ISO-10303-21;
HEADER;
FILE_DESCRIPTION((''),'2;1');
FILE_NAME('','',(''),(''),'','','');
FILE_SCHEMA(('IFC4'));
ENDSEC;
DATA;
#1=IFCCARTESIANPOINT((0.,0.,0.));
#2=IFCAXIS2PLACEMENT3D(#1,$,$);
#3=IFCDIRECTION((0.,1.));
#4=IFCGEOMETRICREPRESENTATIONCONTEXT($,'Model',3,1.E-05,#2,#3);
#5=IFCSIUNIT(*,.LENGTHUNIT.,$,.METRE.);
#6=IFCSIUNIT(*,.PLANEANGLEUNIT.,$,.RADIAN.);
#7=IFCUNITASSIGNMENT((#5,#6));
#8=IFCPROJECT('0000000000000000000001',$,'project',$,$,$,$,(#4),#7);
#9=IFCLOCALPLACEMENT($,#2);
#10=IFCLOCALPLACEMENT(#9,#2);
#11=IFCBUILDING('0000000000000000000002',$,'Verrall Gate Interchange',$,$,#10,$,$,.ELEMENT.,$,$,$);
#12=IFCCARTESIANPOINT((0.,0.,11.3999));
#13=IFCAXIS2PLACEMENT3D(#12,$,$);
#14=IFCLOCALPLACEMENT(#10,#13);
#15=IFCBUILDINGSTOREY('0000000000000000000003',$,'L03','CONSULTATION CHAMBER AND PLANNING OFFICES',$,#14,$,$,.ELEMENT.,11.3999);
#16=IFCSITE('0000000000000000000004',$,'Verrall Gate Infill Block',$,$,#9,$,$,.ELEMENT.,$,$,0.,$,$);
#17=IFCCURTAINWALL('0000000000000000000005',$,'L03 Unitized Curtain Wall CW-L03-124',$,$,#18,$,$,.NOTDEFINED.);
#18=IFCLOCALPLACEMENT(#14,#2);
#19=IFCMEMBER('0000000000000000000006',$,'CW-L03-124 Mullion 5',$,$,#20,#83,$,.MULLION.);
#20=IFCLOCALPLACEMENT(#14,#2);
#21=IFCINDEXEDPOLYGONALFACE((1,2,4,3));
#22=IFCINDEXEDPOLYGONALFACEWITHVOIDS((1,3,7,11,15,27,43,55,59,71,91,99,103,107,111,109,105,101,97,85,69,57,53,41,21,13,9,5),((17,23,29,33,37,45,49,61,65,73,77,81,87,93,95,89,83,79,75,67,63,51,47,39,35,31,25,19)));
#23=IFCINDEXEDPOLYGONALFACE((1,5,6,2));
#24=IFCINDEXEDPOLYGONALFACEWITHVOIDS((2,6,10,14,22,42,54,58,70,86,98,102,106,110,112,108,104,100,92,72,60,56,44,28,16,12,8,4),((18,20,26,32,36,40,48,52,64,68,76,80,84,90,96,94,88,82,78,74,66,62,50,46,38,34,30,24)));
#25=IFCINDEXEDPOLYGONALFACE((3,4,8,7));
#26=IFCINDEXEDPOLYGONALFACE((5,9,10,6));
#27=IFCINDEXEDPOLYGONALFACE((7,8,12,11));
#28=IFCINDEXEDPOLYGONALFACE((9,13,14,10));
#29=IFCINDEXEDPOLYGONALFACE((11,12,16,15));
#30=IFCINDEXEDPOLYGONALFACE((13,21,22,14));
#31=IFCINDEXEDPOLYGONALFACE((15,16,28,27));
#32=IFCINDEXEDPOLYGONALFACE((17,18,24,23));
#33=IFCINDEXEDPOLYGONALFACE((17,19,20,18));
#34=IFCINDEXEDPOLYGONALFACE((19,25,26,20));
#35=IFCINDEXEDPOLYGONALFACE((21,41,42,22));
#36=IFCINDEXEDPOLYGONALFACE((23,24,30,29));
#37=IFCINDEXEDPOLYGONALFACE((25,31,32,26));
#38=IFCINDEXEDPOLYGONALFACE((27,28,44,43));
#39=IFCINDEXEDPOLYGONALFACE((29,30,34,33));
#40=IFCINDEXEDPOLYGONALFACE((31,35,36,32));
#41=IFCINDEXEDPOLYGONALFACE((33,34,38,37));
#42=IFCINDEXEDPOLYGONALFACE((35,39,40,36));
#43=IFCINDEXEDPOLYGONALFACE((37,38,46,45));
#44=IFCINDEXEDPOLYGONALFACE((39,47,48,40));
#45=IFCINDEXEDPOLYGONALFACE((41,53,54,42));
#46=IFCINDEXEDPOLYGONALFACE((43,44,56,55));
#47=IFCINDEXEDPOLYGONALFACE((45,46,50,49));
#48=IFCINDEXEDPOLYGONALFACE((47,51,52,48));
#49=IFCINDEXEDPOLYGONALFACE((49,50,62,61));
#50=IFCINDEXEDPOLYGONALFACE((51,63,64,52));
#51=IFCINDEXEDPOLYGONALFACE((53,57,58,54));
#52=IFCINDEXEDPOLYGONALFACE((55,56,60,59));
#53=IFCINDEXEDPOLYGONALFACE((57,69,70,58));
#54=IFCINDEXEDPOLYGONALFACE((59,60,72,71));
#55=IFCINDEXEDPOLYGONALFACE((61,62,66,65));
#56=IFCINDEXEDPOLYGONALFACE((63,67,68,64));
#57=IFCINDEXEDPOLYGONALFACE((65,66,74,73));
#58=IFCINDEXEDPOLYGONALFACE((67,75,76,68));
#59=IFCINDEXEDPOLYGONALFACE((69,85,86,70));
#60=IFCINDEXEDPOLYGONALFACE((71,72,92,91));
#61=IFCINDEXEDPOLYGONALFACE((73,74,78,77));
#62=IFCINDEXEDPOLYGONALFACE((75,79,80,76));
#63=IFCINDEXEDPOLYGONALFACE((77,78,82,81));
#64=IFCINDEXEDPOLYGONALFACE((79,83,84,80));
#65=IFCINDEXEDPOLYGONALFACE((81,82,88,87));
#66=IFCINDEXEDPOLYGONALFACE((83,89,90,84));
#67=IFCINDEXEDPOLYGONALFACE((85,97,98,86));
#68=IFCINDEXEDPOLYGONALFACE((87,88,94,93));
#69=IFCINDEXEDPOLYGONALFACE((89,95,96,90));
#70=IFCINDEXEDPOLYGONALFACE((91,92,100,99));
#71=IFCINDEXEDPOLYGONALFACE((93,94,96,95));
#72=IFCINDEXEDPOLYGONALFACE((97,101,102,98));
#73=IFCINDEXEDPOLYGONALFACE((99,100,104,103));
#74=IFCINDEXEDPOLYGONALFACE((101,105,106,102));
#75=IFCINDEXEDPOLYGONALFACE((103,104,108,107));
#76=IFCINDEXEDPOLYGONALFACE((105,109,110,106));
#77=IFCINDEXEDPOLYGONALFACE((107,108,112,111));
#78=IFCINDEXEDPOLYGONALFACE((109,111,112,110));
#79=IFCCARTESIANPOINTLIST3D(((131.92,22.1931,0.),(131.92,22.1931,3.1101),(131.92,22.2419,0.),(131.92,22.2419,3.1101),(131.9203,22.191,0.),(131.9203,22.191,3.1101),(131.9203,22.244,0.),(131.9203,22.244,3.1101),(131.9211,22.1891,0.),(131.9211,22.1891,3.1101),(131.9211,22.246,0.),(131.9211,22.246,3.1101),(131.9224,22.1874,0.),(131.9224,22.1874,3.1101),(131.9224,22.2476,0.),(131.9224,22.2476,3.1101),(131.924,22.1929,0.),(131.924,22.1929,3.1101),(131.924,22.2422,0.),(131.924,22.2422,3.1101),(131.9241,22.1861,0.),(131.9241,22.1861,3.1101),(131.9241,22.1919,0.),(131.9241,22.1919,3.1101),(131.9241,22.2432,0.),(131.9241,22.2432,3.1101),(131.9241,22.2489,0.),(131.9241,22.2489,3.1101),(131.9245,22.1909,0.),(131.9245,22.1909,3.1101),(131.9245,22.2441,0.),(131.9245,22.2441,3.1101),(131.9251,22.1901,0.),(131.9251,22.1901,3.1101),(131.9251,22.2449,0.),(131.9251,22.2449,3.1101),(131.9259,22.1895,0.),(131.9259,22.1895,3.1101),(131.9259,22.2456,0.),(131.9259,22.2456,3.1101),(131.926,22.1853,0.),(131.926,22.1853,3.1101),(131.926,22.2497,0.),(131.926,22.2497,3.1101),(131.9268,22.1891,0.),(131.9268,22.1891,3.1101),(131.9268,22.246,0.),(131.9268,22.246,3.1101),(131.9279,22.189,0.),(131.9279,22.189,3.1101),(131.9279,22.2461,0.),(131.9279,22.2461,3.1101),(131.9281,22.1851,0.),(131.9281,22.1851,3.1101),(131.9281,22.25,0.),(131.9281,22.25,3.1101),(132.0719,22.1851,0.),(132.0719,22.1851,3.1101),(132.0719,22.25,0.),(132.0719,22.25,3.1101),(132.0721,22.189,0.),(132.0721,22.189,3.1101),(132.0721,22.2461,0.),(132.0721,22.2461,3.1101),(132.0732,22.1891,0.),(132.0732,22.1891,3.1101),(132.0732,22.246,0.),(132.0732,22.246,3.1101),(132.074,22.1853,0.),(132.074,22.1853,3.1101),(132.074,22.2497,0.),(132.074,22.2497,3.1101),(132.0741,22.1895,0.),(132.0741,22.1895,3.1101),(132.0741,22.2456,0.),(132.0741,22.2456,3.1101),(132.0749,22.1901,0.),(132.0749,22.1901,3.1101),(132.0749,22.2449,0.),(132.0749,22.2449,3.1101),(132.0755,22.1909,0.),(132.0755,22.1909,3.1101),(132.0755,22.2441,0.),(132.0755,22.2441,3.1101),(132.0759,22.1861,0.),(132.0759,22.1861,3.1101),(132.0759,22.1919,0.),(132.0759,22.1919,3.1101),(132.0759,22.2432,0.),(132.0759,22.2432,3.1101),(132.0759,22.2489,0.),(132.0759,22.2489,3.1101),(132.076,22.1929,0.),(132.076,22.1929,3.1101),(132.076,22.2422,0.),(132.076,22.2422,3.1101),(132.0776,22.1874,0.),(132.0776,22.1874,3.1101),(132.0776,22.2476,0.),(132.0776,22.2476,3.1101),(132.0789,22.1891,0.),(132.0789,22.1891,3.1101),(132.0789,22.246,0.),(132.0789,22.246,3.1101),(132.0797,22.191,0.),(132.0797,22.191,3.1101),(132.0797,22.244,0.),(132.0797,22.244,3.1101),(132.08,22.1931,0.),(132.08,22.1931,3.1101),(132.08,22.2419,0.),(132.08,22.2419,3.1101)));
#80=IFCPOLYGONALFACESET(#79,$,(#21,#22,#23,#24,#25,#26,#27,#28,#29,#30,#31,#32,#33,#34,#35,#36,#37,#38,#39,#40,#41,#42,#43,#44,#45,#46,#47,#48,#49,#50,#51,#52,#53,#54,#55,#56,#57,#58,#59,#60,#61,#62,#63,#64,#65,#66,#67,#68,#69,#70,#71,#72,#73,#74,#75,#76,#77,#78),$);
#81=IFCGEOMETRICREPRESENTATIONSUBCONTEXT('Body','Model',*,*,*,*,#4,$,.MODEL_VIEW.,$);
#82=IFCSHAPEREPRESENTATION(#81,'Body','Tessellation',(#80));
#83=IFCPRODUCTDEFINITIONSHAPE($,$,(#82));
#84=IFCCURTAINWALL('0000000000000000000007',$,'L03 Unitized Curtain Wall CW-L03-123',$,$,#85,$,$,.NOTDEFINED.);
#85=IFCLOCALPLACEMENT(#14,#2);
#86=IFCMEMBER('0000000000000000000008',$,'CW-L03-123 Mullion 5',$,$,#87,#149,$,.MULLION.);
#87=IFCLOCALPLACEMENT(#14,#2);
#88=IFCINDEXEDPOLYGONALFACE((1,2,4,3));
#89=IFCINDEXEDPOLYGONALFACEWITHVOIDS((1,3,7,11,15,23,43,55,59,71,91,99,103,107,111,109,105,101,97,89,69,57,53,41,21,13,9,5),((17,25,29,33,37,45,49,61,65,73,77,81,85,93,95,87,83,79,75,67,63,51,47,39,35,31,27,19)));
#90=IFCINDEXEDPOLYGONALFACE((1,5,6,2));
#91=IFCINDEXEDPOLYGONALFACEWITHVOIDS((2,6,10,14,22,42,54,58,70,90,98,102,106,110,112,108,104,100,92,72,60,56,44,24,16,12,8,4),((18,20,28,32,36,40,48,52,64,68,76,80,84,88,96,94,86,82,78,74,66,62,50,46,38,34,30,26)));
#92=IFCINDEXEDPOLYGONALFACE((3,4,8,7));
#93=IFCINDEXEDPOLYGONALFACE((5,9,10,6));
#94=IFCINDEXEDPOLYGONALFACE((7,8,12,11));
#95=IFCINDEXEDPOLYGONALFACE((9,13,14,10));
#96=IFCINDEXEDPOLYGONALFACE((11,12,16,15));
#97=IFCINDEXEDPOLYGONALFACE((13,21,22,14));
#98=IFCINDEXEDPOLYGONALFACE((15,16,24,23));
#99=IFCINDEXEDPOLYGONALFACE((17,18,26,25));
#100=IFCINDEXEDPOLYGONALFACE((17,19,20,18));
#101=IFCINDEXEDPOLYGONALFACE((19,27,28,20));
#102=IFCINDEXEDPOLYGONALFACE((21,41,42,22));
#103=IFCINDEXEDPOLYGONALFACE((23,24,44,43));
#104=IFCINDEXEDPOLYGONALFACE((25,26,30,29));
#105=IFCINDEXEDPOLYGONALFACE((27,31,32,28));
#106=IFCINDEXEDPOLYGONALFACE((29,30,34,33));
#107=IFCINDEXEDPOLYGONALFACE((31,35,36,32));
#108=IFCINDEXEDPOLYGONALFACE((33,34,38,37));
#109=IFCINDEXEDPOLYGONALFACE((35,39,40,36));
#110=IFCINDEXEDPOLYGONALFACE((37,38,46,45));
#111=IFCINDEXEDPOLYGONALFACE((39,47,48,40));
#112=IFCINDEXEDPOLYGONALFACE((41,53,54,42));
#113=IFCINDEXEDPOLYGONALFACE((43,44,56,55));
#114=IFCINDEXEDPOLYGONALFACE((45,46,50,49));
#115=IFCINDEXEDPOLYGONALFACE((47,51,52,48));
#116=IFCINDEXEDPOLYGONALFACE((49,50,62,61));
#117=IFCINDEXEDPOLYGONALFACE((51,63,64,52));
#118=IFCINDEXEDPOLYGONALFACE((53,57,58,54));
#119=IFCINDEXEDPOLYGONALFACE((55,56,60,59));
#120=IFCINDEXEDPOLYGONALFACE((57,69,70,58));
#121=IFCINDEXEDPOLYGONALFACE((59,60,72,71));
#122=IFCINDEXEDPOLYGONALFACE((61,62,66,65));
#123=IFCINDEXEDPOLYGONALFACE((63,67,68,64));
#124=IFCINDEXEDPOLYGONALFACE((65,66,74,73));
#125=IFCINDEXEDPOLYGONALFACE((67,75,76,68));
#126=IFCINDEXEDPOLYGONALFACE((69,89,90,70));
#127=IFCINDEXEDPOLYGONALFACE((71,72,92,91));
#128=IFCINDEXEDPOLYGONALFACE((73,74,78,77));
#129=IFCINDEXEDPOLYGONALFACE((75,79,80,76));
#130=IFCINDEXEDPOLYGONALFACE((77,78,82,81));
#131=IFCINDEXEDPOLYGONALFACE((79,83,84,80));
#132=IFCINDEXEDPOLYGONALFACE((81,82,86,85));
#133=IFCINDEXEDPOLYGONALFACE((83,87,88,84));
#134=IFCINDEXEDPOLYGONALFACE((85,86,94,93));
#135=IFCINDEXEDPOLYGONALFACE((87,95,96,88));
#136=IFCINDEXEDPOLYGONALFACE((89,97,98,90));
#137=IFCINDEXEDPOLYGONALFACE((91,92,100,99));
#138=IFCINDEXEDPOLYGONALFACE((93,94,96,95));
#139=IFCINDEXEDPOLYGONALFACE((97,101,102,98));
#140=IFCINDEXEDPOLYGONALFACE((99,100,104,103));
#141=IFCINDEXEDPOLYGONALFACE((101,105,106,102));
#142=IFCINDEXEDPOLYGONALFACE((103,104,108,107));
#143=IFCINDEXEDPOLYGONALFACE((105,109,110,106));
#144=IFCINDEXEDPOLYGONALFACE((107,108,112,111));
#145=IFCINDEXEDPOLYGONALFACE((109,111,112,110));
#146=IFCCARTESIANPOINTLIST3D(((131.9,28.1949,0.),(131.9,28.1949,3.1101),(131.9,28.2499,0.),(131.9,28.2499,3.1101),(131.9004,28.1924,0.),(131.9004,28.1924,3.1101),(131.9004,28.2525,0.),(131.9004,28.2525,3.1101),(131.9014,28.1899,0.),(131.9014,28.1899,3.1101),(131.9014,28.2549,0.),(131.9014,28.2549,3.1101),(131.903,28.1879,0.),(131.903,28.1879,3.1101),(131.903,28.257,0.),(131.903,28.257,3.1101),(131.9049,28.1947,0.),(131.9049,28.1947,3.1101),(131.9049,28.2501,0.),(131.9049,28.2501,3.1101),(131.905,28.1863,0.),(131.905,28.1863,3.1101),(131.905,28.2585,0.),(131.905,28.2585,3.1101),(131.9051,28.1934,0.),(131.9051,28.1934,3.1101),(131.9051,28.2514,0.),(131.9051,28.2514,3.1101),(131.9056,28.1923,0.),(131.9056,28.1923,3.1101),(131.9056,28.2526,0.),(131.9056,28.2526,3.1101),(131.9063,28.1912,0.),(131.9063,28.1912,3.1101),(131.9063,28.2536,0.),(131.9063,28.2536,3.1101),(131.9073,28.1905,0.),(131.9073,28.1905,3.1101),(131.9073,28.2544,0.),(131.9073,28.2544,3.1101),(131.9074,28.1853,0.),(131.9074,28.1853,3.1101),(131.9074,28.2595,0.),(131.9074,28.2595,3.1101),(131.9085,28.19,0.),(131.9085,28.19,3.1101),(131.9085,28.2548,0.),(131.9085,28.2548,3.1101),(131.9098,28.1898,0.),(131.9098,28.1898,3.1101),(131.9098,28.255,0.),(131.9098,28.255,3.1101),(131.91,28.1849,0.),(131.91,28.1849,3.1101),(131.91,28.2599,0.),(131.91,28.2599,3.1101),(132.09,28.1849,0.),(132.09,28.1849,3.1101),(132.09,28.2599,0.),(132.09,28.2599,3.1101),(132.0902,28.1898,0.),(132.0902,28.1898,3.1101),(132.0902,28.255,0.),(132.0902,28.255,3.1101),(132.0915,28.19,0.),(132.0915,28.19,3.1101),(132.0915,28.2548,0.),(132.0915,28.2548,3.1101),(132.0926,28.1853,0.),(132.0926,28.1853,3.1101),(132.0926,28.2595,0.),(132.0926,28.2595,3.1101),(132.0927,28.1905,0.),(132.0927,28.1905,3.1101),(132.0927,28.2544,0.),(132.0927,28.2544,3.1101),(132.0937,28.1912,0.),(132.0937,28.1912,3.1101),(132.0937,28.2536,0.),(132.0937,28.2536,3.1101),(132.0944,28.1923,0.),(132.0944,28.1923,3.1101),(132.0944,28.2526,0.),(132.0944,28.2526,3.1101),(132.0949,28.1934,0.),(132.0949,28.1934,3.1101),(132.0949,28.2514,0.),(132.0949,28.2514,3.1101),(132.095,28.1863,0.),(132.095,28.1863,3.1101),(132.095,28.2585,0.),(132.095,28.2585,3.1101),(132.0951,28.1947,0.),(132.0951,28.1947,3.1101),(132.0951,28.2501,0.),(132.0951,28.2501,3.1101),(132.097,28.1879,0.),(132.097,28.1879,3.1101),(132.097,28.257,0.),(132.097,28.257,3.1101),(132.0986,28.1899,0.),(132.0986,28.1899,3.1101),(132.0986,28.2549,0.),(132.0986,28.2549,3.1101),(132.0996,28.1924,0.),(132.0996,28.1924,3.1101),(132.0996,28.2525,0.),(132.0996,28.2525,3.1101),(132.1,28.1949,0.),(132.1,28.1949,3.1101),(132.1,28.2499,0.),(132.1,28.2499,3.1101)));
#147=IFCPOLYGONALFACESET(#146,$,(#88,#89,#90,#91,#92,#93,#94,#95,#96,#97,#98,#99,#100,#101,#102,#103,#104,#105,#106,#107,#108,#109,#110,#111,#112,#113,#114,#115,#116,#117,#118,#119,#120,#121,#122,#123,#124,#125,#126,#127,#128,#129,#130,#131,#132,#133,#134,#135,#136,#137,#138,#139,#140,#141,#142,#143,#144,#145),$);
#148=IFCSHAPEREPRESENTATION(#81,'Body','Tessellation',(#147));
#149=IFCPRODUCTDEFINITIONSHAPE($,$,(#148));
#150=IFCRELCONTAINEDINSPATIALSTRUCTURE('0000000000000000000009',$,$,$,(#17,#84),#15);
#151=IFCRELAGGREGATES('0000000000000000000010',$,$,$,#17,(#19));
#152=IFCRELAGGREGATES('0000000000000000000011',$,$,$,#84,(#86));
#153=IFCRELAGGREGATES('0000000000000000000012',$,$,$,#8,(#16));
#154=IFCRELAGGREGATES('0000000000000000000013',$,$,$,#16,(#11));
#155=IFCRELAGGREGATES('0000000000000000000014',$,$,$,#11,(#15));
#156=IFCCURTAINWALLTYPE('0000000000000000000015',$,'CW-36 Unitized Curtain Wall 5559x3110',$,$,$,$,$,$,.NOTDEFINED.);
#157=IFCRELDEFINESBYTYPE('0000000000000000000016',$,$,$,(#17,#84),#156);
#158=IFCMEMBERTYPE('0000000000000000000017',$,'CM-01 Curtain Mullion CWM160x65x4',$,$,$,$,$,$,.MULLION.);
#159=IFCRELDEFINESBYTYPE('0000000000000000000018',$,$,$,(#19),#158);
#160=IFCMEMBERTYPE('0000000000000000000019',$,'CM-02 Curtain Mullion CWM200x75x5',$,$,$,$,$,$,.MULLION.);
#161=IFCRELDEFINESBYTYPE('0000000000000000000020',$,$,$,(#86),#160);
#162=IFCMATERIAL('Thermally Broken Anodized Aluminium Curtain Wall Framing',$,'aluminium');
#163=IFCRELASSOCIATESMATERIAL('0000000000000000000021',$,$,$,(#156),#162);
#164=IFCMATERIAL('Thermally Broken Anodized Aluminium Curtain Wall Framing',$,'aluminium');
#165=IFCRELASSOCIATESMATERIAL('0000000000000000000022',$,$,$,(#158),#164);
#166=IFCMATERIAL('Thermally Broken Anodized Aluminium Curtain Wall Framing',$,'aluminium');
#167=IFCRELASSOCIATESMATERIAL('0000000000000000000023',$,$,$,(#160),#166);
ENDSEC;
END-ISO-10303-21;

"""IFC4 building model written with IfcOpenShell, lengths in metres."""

from ifc_helpers import new_model, si_unit, direction, frame, origin, origin_2d, place, context, subcontext, project, spatial, hollow_rectangle, extrude, material, material_profile, profile_set, type_object, element, aggregate, save


model = new_model("IFC4")

# Units and contexts
model_context = context("Model", 3, precision=1e-05, world=origin(), true_north=direction((0.0, 1.0)))
body_context = subcontext(model_context, "Body", "Model", "MODEL_VIEW")
ifc_project = project(units=[si_unit("LENGTHUNIT", "METRE"), si_unit("PLANEANGLEUNIT", "RADIAN")], contexts=[model_context])

# Site, building, storey
site_placement = place(None, origin())
site = spatial("IfcSite", under=ifc_project, at=site_placement, Name="Verrall Gate Infill Block", CompositionType="ELEMENT", RefElevation=0.0)
building_placement = place(site_placement, origin())
building = spatial("IfcBuilding", under=site, at=building_placement, Name="Verrall Gate Interchange", CompositionType="ELEMENT")
storey_placement = place(building_placement, frame((0.0, 0.0, 11.3999)))
storey = spatial("IfcBuildingStorey", under=building, at=storey_placement, Name="L03", Description="CONSULTATION CHAMBER AND PLANNING OFFICES", CompositionType="ELEMENT", Elevation=11.3999)

# Curtain wall, member
ifc_material_1 = material(Name="Thermally Broken Anodized Aluminium Curtain Wall Framing", Category="aluminium")
curtain_wall_type = type_object("IfcCurtainWallType", Name="CW-36 Unitized Curtain Wall 5559x3110", PredefinedType="NOTDEFINED", material=ifc_material_1)
curtain_wall_1_placement = place(storey_placement, origin())
curtain_wall_1 = element("IfcCurtainWall", 1, at=curtain_wall_1_placement, inside=storey, type_object=curtain_wall_type, Name="L03 Unitized Curtain Wall CW-L03-124", PredefinedType="NOTDEFINED")
ifc_material_2 = material(Name="Thermally Broken Anodized Aluminium Curtain Wall Framing", Category="aluminium")
ifc_material_profile_1 = material_profile(ifc_material_2, hollow_rectangle(XDim=0.0649, YDim=0.1599, WallThickness=0.0039, InnerFilletRadius=0.0039, OuterFilletRadius=0.0081, at=origin_2d()), Name="CWM160x65x4")
ifc_profile_set_1 = profile_set([ifc_material_profile_1], Name="Thermally Broken Anodized Aluminium Curtain Wall Framing")
member_type_1 = type_object("IfcMemberType", Name="CM-01 Curtain Mullion CWM160x65x4", PredefinedType="MULLION", material=ifc_profile_set_1)
member_1_placement = place(storey_placement, frame((132.0, 22.2175, 0.0), z_axis=(0.0, 0.0, 1.0), x_axis=(0.0, -1.0, 0.0)))
member_1 = element("IfcMember", 2, at=member_1_placement, type_object=member_type_1, Name="CW-L03-124 Mullion 5", PredefinedType="MULLION", context=body_context, shape_type="SweptSolid", body=[
    extrude(hollow_rectangle(XDim=0.0649, YDim=0.1599, WallThickness=0.0039, InnerFilletRadius=0.0039, OuterFilletRadius=0.0081, at=origin_2d()), origin(), (0.0, 0.0, 1.0), 3.1101),
])

# Curtain wall, member
curtain_wall_2_placement = place(storey_placement, origin())
curtain_wall_2 = element("IfcCurtainWall", 3, at=curtain_wall_2_placement, inside=storey, type_object=curtain_wall_type, Name="L03 Unitized Curtain Wall CW-L03-123", PredefinedType="NOTDEFINED")
ifc_material_3 = material(Name="Thermally Broken Anodized Aluminium Curtain Wall Framing", Category="aluminium")
ifc_material_profile_2 = material_profile(ifc_material_3, hollow_rectangle(XDim=0.075, YDim=0.2, WallThickness=0.0049, InnerFilletRadius=0.0049, OuterFilletRadius=0.01, at=origin_2d()), Name="CWM200x75x5")
ifc_profile_set_2 = profile_set([ifc_material_profile_2], Name="Thermally Broken Anodized Aluminium Curtain Wall Framing")
member_type_2 = type_object("IfcMemberType", Name="CM-02 Curtain Mullion CWM200x75x5", PredefinedType="MULLION", material=ifc_profile_set_2)
member_2_placement = place(storey_placement, frame((132.0, 28.2224, 0.0), z_axis=(0.0, 0.0, 1.0), x_axis=(0.0, -1.0, 0.0)))
member_2 = element("IfcMember", 4, at=member_2_placement, type_object=member_type_2, Name="CW-L03-123 Mullion 5", PredefinedType="MULLION", context=body_context, shape_type="SweptSolid", body=[
    extrude(hollow_rectangle(XDim=0.075, YDim=0.2, WallThickness=0.0049, InnerFilletRadius=0.0049, OuterFilletRadius=0.01, at=origin_2d()), origin(), (0.0, 0.0, 1.0), 3.1101),
])

aggregate(curtain_wall_1, [member_1])
aggregate(curtain_wall_2, [member_2])

save(model, "model.ifc")
